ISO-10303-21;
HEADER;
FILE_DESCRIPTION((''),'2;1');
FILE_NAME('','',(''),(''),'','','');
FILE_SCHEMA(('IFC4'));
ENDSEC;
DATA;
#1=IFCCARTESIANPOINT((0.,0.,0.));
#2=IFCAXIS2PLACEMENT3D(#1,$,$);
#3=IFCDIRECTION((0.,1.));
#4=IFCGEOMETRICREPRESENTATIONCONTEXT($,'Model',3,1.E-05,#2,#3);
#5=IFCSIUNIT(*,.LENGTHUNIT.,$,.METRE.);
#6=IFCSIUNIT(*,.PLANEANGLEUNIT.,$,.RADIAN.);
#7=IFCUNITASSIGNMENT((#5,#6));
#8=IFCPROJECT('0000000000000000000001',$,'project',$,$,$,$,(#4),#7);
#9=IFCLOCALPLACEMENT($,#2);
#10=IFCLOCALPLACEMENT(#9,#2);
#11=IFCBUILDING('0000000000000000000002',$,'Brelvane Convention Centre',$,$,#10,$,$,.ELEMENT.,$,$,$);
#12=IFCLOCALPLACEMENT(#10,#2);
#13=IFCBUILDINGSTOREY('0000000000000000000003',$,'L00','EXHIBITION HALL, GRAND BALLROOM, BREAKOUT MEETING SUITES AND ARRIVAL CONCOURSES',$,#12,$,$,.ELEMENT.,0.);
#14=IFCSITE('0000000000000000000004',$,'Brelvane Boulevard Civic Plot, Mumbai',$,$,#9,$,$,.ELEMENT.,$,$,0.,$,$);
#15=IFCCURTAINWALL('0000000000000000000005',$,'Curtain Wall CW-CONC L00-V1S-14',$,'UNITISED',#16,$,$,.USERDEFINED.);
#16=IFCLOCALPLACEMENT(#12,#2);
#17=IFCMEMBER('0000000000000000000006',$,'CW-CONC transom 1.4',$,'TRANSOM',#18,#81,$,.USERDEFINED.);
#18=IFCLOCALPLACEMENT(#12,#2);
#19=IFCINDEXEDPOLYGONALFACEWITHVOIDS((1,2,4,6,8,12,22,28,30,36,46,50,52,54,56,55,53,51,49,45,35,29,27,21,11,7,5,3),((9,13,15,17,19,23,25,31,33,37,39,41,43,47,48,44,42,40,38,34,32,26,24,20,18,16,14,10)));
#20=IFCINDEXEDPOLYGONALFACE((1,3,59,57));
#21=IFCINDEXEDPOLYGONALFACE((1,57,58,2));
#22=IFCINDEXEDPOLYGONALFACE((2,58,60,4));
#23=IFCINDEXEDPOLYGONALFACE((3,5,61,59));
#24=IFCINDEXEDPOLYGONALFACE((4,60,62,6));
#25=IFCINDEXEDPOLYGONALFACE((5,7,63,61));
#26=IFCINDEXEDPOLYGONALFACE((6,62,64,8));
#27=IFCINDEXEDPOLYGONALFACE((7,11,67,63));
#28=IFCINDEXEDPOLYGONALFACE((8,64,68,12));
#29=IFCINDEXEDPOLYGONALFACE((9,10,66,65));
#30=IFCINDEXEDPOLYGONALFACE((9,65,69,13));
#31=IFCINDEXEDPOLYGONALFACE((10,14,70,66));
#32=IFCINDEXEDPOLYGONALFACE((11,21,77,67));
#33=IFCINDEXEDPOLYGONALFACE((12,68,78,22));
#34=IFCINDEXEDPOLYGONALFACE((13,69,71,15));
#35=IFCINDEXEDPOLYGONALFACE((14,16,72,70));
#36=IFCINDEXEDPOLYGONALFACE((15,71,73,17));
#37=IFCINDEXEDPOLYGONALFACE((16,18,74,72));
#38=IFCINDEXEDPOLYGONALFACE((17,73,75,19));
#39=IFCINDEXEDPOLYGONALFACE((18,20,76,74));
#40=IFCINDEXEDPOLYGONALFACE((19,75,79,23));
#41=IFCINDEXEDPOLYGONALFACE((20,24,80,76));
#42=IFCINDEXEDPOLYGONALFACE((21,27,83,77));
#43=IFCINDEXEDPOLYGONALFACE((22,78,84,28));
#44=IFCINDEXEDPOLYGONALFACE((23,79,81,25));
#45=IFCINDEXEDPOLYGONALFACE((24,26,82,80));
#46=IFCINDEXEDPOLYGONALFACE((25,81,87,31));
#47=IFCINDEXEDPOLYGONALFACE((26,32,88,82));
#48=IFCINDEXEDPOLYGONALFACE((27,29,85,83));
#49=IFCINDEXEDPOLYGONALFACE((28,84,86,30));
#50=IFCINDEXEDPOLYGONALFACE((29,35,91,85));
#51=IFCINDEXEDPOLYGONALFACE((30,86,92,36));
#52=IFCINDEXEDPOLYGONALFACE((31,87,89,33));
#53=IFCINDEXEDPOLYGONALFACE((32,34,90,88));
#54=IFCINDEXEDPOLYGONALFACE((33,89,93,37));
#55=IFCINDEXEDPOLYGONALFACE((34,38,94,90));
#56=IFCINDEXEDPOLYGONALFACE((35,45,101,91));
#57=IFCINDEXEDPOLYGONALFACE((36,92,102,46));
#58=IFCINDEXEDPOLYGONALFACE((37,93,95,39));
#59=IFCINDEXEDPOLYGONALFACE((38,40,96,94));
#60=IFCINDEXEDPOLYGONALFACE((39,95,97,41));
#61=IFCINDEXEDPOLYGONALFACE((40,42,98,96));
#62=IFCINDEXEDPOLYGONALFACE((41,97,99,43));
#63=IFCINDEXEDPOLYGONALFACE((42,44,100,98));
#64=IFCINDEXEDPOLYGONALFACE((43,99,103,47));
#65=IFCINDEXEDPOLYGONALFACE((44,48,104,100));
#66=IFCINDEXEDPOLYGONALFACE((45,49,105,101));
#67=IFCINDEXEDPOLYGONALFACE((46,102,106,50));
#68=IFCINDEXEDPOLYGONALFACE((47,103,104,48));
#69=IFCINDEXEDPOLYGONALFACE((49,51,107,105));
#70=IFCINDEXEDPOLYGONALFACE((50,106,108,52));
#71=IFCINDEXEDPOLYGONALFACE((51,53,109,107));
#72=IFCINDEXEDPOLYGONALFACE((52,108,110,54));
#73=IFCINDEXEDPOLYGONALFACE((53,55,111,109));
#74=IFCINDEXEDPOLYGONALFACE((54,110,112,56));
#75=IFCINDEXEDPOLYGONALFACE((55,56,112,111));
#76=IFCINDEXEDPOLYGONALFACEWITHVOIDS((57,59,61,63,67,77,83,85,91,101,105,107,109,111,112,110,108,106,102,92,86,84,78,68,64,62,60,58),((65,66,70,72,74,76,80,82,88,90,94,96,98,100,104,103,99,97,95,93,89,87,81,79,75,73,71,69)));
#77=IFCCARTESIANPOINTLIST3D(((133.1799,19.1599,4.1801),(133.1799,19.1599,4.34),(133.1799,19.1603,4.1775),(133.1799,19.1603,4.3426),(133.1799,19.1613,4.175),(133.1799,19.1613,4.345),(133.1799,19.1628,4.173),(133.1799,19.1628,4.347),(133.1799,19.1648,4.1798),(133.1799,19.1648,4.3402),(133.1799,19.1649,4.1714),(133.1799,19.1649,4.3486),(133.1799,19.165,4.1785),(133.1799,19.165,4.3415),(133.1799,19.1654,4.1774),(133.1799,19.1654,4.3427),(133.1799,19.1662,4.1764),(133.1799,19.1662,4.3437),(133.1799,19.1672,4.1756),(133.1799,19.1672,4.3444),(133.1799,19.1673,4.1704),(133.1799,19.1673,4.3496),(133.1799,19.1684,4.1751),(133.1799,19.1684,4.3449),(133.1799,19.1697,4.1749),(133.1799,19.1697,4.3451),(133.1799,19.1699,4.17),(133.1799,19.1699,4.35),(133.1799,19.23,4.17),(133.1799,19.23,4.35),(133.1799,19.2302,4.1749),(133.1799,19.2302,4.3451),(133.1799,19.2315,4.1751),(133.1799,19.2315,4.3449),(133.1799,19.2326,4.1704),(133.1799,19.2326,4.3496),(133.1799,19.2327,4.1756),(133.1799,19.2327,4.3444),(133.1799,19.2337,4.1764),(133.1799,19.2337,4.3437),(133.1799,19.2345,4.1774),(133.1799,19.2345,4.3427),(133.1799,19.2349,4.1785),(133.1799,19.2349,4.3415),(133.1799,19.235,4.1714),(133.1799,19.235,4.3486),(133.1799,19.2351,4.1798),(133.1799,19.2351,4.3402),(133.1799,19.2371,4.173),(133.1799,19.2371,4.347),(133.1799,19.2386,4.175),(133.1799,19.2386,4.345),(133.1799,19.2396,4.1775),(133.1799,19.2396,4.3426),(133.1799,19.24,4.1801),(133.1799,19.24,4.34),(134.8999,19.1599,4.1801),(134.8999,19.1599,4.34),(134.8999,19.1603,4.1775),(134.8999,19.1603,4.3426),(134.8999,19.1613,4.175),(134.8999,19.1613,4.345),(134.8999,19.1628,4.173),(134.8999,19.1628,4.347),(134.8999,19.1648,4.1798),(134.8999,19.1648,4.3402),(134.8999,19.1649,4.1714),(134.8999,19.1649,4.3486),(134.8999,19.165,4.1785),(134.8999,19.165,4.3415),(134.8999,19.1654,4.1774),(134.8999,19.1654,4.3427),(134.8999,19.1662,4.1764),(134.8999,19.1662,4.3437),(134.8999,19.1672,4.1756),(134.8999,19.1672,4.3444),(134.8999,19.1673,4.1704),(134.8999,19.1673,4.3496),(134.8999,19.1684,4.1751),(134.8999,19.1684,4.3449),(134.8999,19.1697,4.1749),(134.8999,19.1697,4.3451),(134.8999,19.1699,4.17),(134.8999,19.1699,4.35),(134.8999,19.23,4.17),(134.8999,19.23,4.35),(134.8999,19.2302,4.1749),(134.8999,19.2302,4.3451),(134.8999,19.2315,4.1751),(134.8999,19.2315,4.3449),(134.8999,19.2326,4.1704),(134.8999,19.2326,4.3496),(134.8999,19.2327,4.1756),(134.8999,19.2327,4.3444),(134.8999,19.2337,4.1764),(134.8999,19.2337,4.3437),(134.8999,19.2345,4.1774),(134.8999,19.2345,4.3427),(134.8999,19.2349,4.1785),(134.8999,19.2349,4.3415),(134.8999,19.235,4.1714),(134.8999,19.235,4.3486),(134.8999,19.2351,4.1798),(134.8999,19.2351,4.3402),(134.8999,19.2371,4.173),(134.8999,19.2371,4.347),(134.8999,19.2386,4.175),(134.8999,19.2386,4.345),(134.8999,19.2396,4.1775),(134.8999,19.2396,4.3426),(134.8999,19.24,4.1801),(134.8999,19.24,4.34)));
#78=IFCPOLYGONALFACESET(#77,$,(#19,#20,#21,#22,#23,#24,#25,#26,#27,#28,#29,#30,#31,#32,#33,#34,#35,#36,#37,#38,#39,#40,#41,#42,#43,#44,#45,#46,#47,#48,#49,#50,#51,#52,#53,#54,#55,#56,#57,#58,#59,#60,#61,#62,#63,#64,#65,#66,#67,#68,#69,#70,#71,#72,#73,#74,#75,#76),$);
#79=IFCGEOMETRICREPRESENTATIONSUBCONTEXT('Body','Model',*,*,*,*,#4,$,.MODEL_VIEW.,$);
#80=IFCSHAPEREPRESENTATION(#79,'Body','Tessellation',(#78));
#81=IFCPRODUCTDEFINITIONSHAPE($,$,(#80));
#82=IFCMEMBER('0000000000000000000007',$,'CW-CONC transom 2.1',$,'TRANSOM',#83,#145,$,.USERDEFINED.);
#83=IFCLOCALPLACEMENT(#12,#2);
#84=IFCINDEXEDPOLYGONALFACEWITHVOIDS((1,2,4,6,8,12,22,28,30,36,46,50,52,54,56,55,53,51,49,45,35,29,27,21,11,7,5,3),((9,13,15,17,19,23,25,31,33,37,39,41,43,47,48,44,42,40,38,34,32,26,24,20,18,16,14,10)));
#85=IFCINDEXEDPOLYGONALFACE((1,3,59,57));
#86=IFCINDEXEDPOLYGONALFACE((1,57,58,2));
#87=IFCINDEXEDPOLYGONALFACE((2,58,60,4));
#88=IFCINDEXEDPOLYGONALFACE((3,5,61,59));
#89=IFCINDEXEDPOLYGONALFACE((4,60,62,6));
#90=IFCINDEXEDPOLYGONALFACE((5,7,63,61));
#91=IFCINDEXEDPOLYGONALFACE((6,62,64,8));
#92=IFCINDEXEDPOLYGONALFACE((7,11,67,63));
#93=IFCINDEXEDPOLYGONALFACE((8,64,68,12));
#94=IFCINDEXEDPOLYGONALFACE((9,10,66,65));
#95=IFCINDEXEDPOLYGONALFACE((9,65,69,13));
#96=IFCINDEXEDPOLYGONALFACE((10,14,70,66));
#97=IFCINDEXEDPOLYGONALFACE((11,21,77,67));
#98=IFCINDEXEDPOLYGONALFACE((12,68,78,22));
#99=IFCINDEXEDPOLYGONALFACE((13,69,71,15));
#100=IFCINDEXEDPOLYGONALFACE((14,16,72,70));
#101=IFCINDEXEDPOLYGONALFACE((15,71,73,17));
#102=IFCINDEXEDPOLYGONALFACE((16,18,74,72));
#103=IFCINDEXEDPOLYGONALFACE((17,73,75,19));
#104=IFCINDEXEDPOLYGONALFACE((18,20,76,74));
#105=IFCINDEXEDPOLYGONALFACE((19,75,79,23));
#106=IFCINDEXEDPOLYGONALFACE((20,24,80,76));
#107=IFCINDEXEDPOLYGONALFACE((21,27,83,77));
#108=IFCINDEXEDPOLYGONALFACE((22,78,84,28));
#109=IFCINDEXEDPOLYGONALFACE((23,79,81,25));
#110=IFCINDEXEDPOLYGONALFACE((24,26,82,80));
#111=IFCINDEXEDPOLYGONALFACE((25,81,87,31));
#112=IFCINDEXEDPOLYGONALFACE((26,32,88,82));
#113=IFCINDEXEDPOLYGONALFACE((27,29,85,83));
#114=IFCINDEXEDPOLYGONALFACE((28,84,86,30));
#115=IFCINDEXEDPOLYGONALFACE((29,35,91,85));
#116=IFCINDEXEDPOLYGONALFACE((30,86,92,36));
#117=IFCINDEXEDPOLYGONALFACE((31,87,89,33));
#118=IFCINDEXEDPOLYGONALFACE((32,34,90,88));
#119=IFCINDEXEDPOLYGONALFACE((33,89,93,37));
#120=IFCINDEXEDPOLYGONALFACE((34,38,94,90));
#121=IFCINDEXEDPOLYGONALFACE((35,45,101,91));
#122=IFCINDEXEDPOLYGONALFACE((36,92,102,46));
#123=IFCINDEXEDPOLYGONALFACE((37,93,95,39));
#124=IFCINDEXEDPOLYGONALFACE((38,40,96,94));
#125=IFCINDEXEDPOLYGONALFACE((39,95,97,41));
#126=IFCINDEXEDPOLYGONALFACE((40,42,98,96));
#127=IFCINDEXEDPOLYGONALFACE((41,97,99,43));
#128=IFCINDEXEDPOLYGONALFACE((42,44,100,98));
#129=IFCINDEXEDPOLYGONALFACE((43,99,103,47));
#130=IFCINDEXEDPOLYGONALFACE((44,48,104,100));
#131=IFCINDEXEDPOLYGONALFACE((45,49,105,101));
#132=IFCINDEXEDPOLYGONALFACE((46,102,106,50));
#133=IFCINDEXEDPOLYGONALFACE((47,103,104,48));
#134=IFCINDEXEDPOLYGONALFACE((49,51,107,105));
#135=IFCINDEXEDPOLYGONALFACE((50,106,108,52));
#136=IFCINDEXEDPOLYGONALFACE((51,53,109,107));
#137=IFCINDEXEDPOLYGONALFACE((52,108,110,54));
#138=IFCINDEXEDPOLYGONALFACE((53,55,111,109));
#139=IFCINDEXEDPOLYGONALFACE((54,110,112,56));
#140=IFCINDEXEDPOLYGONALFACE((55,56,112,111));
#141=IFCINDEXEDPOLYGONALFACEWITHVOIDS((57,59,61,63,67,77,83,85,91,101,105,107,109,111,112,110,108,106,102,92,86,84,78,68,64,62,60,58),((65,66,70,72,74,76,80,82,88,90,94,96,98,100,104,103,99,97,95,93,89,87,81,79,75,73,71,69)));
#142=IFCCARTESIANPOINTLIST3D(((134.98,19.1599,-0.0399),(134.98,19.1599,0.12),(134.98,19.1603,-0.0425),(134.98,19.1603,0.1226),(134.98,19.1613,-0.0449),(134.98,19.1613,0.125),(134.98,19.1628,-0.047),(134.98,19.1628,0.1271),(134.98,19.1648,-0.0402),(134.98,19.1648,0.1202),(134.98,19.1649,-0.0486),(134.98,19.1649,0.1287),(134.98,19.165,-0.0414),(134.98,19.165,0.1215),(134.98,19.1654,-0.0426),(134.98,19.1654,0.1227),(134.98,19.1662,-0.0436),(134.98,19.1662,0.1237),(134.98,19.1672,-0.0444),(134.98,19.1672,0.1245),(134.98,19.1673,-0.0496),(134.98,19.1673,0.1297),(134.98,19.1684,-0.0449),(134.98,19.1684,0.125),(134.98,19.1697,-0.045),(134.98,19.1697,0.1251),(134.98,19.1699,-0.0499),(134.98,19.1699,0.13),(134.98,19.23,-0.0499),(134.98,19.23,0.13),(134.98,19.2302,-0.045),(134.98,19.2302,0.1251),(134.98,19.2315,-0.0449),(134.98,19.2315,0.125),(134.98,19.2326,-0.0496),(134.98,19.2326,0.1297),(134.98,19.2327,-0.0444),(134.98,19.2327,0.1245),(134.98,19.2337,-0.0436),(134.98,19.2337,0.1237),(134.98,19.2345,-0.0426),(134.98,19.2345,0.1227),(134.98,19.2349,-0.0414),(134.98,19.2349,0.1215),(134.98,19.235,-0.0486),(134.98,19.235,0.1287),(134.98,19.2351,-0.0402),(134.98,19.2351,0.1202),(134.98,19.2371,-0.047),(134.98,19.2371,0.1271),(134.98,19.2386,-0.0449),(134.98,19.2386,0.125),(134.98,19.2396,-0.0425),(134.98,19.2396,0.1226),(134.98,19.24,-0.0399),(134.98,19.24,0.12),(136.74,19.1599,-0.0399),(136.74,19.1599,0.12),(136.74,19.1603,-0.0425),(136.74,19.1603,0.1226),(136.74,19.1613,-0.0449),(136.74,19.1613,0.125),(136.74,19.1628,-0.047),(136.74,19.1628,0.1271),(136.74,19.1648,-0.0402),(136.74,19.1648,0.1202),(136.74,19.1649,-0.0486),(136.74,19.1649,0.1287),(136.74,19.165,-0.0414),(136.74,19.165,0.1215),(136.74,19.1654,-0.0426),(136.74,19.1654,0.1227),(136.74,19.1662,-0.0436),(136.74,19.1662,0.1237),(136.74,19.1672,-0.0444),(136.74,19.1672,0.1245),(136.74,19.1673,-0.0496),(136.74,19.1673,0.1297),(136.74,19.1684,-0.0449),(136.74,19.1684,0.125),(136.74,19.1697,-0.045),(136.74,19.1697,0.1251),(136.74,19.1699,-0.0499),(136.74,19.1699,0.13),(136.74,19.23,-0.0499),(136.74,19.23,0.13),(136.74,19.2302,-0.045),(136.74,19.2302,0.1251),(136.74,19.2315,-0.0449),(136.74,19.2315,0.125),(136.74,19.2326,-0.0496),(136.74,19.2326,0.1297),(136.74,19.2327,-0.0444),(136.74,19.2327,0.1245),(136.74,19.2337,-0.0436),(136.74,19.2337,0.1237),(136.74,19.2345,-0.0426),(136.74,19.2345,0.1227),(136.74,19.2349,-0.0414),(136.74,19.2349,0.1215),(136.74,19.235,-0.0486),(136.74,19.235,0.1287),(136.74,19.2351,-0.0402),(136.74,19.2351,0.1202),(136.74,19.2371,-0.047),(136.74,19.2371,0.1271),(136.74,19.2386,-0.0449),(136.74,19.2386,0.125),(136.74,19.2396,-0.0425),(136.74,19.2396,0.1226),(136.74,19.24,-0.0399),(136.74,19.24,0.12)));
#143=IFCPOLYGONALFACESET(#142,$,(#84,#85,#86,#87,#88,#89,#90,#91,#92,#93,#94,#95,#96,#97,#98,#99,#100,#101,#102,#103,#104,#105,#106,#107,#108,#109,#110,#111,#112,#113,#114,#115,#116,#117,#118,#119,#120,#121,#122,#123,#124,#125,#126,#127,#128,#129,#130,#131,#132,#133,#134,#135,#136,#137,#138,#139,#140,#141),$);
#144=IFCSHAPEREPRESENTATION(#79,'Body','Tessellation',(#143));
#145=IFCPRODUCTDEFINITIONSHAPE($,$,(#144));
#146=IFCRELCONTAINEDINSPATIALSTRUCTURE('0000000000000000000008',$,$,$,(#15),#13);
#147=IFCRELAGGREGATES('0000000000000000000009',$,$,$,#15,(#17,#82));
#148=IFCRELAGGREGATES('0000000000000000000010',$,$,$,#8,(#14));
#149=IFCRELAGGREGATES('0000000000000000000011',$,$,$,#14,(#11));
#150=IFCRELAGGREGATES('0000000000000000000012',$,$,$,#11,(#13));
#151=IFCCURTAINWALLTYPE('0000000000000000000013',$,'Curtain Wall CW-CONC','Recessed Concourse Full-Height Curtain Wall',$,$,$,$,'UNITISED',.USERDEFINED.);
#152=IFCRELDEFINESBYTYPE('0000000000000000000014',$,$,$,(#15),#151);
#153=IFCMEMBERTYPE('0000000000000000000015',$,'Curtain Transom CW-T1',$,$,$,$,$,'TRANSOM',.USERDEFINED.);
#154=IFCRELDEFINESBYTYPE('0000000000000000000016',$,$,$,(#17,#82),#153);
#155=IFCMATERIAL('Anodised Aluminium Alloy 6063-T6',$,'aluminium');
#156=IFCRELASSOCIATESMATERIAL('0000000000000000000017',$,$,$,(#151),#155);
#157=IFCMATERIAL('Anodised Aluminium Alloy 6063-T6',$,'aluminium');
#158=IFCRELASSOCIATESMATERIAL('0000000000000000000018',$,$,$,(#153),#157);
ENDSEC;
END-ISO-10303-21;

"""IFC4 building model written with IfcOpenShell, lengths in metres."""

from ifc_helpers import new_model, si_unit, direction, frame, origin, origin_2d, place, context, subcontext, project, spatial, hollow_rectangle, extrude, material, material_profile, profile_set, type_object, element, aggregate, save


model = new_model("IFC4")

# Units and contexts
model_context = context("Model", 3, precision=1e-05, world=origin(), true_north=direction((0.0, 1.0)))
body_context = subcontext(model_context, "Body", "Model", "MODEL_VIEW")
ifc_project = project(units=[si_unit("LENGTHUNIT", "METRE"), si_unit("PLANEANGLEUNIT", "RADIAN")], contexts=[model_context])

# Site, building, storey
site_placement = place(None, origin())
site = spatial("IfcSite", under=ifc_project, at=site_placement, Name="Brelvane Boulevard Civic Plot, Mumbai", CompositionType="ELEMENT", RefElevation=0.0)
building_placement = place(site_placement, origin())
building = spatial("IfcBuilding", under=site, at=building_placement, Name="Brelvane Convention Centre", CompositionType="ELEMENT")
storey_placement = place(building_placement, origin())
storey = spatial("IfcBuildingStorey", under=building, at=storey_placement, Name="L00", Description="EXHIBITION HALL, GRAND BALLROOM, BREAKOUT MEETING SUITES AND ARRIVAL CONCOURSES", CompositionType="ELEMENT", Elevation=0.0)

# Curtain wall, members
ifc_material_1 = material(Name="Anodised Aluminium Alloy 6063-T6", Category="aluminium")
curtain_wall_type = type_object("IfcCurtainWallType", Name="Curtain Wall CW-CONC", Description="Recessed Concourse Full-Height Curtain Wall", ElementType="UNITISED", PredefinedType="USERDEFINED", material=ifc_material_1)
curtain_wall_placement = place(storey_placement, origin())
curtain_wall = element("IfcCurtainWall", 1, at=curtain_wall_placement, inside=storey, type_object=curtain_wall_type, Name="Curtain Wall CW-CONC L00-V1S-14", ObjectType="UNITISED", PredefinedType="USERDEFINED")
ifc_material_2 = material(Name="Anodised Aluminium Alloy 6063-T6", Category="aluminium")
ifc_material_profile_1 = material_profile(ifc_material_2, hollow_rectangle(XDim=0.0801, YDim=0.1799, WallThickness=0.0049, InnerFilletRadius=0.0049, OuterFilletRadius=0.01, at=origin_2d()), Name="ALU-T 180x80x5.0")
ifc_profile_set_1 = profile_set([ifc_material_profile_1], Name="Anodised Aluminium Alloy 6063-T6")
member_type_1 = type_object("IfcMemberType", Name="Curtain Transom CW-T1", ElementType="TRANSOM", PredefinedType="USERDEFINED", material=ifc_profile_set_1)
member_1_placement = place(storey_placement, frame((133.1799, 19.2, 4.26), z_axis=(1.0, 0.0, 0.0), x_axis=(0.0, 1.0, 0.0)))
member_1 = element("IfcMember", 2, at=member_1_placement, type_object=member_type_1, Name="CW-CONC transom 1.4", ObjectType="TRANSOM", PredefinedType="USERDEFINED", context=body_context, shape_type="SweptSolid", body=[
    extrude(hollow_rectangle(XDim=0.0801, YDim=0.1799, WallThickness=0.0049, InnerFilletRadius=0.0049, OuterFilletRadius=0.01, at=origin_2d()), origin(), (0.0, 0.0, 1.0), 1.72),
])
member_2_placement = place(storey_placement, frame((134.98, 19.2, 0.04), z_axis=(1.0, 0.0, 0.0), x_axis=(0.0, 1.0, 0.0)))
member_2 = element("IfcMember", 3, at=member_2_placement, type_object=member_type_1, Name="CW-CONC transom 2.1", ObjectType="TRANSOM", PredefinedType="USERDEFINED", context=body_context, shape_type="SweptSolid", body=[
    extrude(hollow_rectangle(XDim=0.0801, YDim=0.1799, WallThickness=0.0049, InnerFilletRadius=0.0049, OuterFilletRadius=0.01, at=origin_2d()), origin(), (0.0, 0.0, 1.0), 1.76),
])

aggregate(curtain_wall, [member_1, member_2])

save(model, "model.ifc")
